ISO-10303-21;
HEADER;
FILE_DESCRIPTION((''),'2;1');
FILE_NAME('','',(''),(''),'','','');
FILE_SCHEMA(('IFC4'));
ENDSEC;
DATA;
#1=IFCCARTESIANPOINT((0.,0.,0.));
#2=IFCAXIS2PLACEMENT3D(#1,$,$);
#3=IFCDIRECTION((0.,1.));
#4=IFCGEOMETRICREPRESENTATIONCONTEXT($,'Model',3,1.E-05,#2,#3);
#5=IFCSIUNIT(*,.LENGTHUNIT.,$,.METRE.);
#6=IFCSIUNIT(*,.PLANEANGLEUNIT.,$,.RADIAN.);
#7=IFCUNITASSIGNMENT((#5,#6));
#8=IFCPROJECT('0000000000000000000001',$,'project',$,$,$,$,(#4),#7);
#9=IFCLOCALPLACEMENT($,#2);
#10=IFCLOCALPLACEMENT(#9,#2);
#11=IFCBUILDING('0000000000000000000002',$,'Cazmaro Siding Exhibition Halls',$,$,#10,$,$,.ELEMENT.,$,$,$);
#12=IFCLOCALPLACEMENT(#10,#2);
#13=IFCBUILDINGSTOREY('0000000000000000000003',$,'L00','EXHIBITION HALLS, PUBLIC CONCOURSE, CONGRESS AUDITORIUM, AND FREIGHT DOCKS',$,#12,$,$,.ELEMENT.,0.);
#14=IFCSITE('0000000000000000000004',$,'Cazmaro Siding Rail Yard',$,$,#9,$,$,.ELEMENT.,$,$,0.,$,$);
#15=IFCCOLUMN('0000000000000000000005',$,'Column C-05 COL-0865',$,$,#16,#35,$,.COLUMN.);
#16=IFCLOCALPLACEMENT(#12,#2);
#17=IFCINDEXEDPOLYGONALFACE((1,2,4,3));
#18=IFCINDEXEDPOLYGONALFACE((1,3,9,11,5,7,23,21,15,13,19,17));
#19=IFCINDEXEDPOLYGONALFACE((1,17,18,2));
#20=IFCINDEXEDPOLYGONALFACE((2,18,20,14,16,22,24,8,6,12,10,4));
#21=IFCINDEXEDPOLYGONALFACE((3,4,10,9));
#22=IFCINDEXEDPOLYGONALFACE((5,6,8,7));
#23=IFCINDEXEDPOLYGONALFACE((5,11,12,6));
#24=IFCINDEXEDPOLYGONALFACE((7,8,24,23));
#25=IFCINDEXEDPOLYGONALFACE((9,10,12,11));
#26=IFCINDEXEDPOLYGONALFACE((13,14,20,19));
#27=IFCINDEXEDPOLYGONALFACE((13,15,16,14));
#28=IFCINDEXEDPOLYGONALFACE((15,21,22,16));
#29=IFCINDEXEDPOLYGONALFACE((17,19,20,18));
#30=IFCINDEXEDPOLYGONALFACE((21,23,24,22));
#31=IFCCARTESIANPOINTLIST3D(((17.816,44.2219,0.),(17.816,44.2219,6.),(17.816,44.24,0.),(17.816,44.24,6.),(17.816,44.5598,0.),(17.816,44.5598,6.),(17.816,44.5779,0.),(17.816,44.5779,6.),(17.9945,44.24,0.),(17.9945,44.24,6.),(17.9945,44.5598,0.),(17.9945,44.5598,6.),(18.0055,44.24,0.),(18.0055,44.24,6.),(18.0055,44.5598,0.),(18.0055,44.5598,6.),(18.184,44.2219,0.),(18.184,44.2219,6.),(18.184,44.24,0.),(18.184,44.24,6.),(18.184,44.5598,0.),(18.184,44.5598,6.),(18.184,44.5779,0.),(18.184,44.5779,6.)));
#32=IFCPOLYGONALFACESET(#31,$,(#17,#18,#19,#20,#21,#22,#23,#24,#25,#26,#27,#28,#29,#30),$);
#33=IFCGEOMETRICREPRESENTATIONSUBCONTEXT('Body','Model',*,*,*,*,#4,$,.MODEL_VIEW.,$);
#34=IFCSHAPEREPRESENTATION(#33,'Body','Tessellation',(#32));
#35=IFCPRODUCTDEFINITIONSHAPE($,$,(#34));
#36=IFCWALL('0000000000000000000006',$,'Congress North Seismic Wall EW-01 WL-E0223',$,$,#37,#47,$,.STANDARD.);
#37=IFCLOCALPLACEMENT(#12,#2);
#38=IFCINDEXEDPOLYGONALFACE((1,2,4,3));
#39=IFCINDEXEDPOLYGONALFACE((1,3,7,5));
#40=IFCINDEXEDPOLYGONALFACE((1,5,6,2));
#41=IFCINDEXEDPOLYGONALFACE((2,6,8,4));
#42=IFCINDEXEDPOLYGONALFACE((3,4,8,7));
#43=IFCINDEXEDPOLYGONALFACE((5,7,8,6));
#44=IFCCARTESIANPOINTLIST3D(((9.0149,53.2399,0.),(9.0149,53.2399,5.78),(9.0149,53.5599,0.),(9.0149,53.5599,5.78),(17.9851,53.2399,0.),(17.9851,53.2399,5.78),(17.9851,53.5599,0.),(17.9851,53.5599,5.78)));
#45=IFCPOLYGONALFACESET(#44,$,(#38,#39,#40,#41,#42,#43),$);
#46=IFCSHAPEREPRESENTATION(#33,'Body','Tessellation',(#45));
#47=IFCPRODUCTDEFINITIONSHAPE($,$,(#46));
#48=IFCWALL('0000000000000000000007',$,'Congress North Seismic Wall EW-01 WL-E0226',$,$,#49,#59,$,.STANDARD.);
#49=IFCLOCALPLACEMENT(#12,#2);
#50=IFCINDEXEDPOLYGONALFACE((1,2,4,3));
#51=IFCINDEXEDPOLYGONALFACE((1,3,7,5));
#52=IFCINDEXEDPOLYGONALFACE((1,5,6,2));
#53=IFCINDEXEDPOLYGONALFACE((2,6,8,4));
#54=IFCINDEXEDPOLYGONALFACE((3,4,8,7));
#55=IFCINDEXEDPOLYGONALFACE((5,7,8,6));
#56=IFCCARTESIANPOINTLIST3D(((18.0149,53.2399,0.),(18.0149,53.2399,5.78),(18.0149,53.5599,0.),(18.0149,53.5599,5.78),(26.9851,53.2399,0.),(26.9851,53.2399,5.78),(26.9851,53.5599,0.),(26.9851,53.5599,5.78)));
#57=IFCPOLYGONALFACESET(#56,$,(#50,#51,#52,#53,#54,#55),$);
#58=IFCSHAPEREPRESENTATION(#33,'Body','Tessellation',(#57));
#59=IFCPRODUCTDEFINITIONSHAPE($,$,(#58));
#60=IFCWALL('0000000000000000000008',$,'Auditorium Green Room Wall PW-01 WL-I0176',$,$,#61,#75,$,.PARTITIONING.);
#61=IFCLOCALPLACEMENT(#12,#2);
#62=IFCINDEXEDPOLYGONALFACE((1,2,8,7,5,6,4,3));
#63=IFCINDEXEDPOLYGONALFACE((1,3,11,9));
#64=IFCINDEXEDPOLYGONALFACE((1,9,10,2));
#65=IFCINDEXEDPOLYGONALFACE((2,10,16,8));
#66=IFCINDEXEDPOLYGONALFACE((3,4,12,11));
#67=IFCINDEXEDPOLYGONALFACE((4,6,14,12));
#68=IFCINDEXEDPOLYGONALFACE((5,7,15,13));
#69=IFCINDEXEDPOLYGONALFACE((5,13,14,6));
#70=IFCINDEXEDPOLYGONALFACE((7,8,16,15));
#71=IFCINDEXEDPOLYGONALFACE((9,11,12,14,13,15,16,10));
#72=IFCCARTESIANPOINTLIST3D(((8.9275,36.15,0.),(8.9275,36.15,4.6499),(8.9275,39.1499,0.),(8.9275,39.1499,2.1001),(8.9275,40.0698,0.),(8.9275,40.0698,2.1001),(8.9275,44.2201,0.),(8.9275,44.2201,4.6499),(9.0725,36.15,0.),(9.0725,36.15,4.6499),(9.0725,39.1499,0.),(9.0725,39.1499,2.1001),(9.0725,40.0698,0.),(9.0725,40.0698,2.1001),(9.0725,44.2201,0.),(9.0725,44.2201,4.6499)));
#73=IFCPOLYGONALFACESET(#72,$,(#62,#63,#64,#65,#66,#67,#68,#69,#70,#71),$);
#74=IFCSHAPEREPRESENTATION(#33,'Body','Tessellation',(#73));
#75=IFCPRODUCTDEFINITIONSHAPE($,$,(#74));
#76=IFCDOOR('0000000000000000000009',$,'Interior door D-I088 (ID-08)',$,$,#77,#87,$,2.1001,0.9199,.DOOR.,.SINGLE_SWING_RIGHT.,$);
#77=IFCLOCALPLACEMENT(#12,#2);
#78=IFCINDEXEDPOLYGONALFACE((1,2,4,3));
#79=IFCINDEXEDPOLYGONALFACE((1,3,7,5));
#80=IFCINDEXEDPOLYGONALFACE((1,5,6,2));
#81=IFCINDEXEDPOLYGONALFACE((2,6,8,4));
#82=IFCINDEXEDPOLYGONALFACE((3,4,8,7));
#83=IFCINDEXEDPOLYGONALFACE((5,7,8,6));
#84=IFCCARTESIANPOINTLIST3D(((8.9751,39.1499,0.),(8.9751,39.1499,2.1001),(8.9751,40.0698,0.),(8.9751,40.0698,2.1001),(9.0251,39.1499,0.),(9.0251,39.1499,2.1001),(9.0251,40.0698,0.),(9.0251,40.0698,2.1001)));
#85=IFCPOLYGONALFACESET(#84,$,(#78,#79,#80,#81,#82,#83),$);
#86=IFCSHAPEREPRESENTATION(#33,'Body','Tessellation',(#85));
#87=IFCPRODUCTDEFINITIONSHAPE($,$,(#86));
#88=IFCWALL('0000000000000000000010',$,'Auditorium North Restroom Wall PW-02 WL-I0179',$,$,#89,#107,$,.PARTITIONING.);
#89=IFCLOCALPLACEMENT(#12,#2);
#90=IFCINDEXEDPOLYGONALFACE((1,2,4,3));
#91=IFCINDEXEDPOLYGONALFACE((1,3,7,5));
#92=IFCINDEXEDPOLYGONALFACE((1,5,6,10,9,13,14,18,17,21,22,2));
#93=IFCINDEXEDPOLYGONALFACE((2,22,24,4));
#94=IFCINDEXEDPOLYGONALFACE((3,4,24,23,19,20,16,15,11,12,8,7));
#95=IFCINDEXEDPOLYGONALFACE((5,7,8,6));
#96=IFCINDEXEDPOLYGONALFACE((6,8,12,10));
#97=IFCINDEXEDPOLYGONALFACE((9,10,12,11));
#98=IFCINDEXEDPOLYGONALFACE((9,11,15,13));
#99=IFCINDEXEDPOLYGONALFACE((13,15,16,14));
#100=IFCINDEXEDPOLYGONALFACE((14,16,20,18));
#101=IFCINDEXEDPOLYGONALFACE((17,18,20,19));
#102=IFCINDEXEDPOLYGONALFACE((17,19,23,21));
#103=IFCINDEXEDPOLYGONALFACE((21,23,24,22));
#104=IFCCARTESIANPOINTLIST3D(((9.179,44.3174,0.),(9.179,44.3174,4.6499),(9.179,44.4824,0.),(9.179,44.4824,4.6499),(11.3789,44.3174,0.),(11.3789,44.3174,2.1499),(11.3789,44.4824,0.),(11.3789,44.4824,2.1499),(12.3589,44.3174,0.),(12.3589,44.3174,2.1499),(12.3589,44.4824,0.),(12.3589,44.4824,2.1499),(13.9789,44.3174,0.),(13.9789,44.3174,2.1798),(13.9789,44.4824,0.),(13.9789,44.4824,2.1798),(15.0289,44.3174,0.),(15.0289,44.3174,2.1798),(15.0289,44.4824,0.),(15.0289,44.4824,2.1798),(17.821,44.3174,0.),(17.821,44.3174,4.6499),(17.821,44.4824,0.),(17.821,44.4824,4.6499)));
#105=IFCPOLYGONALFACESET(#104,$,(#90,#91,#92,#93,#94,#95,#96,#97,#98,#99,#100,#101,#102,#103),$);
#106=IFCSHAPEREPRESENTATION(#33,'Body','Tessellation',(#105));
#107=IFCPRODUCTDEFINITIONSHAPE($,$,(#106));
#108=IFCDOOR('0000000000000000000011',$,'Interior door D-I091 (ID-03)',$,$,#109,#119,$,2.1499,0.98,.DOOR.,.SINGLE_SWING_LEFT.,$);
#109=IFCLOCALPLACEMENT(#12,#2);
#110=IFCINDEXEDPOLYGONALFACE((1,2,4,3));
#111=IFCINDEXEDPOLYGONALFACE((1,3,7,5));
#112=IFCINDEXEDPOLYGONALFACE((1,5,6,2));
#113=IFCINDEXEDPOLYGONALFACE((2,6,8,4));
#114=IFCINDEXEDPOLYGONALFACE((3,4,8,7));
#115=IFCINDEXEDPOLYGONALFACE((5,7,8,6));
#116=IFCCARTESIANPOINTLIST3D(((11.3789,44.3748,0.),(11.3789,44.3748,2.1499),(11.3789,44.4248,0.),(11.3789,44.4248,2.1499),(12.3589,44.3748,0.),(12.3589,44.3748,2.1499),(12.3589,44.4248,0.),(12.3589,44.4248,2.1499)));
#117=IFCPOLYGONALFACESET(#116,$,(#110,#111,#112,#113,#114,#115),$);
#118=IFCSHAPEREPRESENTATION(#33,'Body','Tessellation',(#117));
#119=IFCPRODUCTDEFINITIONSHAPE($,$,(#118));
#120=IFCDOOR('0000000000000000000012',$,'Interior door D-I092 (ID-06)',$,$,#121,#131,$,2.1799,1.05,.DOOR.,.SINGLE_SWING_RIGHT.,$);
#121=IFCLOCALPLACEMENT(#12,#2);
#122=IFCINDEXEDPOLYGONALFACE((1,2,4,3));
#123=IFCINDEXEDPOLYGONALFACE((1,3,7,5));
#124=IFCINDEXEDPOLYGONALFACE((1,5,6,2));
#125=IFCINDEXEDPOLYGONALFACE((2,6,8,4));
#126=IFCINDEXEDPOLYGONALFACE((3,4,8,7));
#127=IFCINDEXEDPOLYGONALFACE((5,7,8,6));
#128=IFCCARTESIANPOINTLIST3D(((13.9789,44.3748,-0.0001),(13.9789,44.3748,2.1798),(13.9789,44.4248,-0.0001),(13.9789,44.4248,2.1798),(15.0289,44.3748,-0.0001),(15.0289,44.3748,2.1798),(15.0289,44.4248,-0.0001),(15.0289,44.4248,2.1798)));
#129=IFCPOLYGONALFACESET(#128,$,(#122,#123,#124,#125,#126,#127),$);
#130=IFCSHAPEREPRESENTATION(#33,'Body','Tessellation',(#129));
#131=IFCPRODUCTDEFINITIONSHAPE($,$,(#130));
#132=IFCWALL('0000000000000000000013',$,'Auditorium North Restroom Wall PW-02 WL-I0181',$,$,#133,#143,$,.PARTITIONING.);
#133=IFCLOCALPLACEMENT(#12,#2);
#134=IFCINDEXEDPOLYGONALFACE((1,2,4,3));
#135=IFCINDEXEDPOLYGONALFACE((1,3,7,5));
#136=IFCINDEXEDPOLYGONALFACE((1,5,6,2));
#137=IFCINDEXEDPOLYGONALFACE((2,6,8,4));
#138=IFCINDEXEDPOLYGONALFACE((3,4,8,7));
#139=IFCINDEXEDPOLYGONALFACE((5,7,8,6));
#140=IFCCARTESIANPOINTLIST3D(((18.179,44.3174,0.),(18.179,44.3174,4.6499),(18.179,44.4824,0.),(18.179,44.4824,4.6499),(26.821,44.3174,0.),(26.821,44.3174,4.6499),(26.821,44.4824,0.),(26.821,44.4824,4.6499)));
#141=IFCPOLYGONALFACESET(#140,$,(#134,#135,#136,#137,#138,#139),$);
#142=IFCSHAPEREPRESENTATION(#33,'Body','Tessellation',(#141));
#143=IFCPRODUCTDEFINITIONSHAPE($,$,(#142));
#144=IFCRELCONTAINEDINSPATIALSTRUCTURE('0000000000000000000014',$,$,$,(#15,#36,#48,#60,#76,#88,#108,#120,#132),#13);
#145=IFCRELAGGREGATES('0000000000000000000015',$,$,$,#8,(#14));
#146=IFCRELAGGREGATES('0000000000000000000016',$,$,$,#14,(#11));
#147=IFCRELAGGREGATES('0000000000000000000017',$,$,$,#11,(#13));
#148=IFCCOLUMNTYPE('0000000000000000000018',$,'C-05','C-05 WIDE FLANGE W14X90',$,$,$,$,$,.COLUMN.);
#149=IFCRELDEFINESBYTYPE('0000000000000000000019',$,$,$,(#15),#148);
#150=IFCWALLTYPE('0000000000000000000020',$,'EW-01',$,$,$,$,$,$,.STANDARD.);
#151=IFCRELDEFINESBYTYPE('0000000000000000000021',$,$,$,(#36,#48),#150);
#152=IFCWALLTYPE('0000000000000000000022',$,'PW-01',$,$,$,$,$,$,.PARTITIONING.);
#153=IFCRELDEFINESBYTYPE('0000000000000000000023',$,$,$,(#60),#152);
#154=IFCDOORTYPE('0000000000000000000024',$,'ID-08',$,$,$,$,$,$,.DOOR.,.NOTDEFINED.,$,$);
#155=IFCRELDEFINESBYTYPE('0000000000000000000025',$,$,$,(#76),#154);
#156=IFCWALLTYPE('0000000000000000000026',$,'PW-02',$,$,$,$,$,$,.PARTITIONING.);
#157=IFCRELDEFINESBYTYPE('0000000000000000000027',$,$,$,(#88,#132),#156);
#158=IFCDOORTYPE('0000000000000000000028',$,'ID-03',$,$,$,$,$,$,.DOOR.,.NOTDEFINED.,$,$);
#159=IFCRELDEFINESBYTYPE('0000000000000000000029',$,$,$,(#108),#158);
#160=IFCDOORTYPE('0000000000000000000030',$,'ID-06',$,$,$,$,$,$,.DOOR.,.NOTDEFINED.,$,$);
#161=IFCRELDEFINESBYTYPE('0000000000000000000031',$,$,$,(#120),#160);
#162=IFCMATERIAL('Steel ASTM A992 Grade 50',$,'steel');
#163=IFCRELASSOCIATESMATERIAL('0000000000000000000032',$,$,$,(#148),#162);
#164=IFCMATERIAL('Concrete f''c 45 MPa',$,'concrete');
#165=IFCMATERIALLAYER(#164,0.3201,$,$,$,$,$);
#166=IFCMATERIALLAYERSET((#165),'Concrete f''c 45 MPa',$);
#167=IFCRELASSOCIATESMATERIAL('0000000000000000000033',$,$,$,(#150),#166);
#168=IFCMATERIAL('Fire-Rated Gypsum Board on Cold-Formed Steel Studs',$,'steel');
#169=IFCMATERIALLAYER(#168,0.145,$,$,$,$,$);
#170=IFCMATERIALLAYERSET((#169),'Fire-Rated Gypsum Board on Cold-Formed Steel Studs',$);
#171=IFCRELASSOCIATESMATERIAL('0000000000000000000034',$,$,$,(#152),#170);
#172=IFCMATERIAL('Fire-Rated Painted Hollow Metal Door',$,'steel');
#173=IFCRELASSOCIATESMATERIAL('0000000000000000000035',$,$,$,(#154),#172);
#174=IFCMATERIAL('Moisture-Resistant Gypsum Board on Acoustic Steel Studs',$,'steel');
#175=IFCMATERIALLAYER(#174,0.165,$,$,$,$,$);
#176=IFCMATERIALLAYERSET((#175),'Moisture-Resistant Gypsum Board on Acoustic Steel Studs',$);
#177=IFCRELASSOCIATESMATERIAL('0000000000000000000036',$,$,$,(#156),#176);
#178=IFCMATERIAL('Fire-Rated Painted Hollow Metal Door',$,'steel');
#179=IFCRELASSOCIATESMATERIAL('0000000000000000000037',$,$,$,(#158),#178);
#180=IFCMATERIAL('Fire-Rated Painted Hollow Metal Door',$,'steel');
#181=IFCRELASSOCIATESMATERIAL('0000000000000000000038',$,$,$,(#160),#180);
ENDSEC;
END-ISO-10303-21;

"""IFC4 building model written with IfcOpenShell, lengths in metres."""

from ifc_helpers import new_model, si_unit, direction, frame, frame_2d, origin, origin_2d, place, context, subcontext, project, spatial, rectangle, i_section, extrude, material, layer, layer_set, material_profile, profile_set, type_object, element, fill, save


model = new_model("IFC4")

# Units and contexts
model_context = context("Model", 3, precision=1e-05, world=origin(), true_north=direction((0.0, 1.0)))
body_context = subcontext(model_context, "Body", "Model", "MODEL_VIEW")
ifc_project = project(units=[si_unit("LENGTHUNIT", "METRE"), si_unit("PLANEANGLEUNIT", "RADIAN")], contexts=[model_context])

# Site, building, storey
site_placement = place(None, origin())
site = spatial("IfcSite", under=ifc_project, at=site_placement, Name="Cazmaro Siding Rail Yard", CompositionType="ELEMENT", RefElevation=0.0)
building_placement = place(site_placement, origin())
building = spatial("IfcBuilding", under=site, at=building_placement, Name="Cazmaro Siding Exhibition Halls", CompositionType="ELEMENT")
storey_placement = place(building_placement, origin())
storey = spatial("IfcBuildingStorey", under=building, at=storey_placement, Name="L00", Description="EXHIBITION HALLS, PUBLIC CONCOURSE, CONGRESS AUDITORIUM, AND FREIGHT DOCKS", CompositionType="ELEMENT", Elevation=0.0)

# Column
ifc_material_1 = material(Name="Steel ASTM A992 Grade 50", Category="steel")
ifc_material_profile_1 = material_profile(ifc_material_1, i_section(OverallWidth=0.3679, OverallDepth=0.356, WebThickness=0.011, FlangeThickness=0.0181, at=origin_2d()), Name="W14X90")
ifc_profile_set_1 = profile_set([ifc_material_profile_1], Name="Steel ASTM A992 Grade 50")
column_type_1 = type_object("IfcColumnType", Name="C-05", Description="C-05 WIDE FLANGE W14X90", PredefinedType="COLUMN", material=ifc_profile_set_1)
for number, where, z_axis, x_axis, name in (
    (1, (18.0, 44.3999, 0.0), (0.0, 0.0, 1.0), (1.0, 0.0, 0.0), "Column C-05 COL-0865"),
):
    element("IfcColumn", number, at=place(storey_placement, frame(where, z_axis=z_axis, x_axis=x_axis)), inside=storey, type_object=column_type_1, Name=name, PredefinedType="COLUMN", context=body_context, shape_type="SweptSolid", body=[
        extrude(i_section(OverallWidth=0.3679, OverallDepth=0.356, WebThickness=0.011, FlangeThickness=0.0181, at=origin_2d()), origin(), (0.0, 0.0, 1.0), 6.0),
    ])

# Walls
ifc_material_2 = material(Name="Concrete f'c 45 MPa", Category="concrete")
ifc_layer_1 = layer(ifc_material_2, 0.3201)
ifc_layer_set_1 = layer_set([ifc_layer_1], Name="Concrete f'c 45 MPa")
wall_type_1 = type_object("IfcWallType", Name="EW-01", PredefinedType="STANDARD", material=ifc_layer_set_1)
for number, where, z_axis, x_axis, name in (
    (2, (9.0149, 53.3999, 0.0), (0.0, 0.0, 1.0), (1.0, 0.0, 0.0), "Congress North Seismic Wall EW-01 WL-E0223"),
    (3, (18.0149, 53.3999, 0.0), (0.0, 0.0, 1.0), (1.0, 0.0, 0.0), "Congress North Seismic Wall EW-01 WL-E0226"),
):
    element("IfcWall", number, at=place(storey_placement, frame(where, z_axis=z_axis, x_axis=x_axis)), inside=storey, type_object=wall_type_1, Name=name, PredefinedType="STANDARD", context=body_context, shape_type="SweptSolid", body=[
        extrude(rectangle(XDim=8.9702, YDim=0.3201, at=frame_2d((4.4851, 0.0))), origin(), (0.0, 0.0, 1.0), 5.78),
    ])

# Wall, opening, door
ifc_material_3 = material(Name="Fire-Rated Gypsum Board on Cold-Formed Steel Studs", Category="steel")
ifc_layer_2 = layer(ifc_material_3, 0.145)
ifc_layer_set_2 = layer_set([ifc_layer_2], Name="Fire-Rated Gypsum Board on Cold-Formed Steel Studs")
wall_type_2 = type_object("IfcWallType", Name="PW-01", PredefinedType="PARTITIONING", material=ifc_layer_set_2)
wall_1_placement = place(storey_placement, frame((9.0, 36.1499, 0.0), z_axis=(0.0, 0.0, 1.0), x_axis=(0.0, 1.0, 0.0)))
wall_1 = element("IfcWall", 4, at=wall_1_placement, inside=storey, type_object=wall_type_2, Name="Auditorium Green Room Wall PW-01 WL-I0176", PredefinedType="PARTITIONING", context=body_context, shape_type="SweptSolid", body=[
    extrude(rectangle(XDim=8.0701, YDim=0.145, at=frame_2d((4.0352, 0.0))), origin(), (0.0, 0.0, 1.0), 4.6499),
])
opening_1_placement = place(wall_1_placement, frame((3.0, 0.0, 0.0)))
opening_1 = element("IfcOpeningElement", 5, at=opening_1_placement, cuts=wall_1, PredefinedType="OPENING", context=body_context, shape_type="SweptSolid", body=[
    extrude(rectangle(XDim=0.9199, YDim=2.1001, at=frame_2d((0.46, 1.05))), frame((0.0, 0.0825, 0.0), z_axis=(0.0, -1.0, 0.0), x_axis=(1.0, 0.0, 0.0)), (0.0, 0.0, 1.0), 0.165),
])
ifc_material_4 = material(Name="Fire-Rated Painted Hollow Metal Door", Category="steel")
door_type_1 = type_object("IfcDoorType", Name="ID-08", OperationType="NOTDEFINED", PredefinedType="DOOR", material=ifc_material_4)
door_1_placement = place(opening_1_placement, origin())
door_1 = element("IfcDoor", 6, at=door_1_placement, inside=storey, type_object=door_type_1, Name="Interior door D-I088 (ID-08)", OperationType="SINGLE_SWING_RIGHT", OverallHeight=2.1001, OverallWidth=0.9199, PredefinedType="DOOR", context=body_context, shape_type="SweptSolid", body=[
    extrude(rectangle(XDim=0.9199, YDim=2.1001, at=frame_2d((0.46, 1.05))), frame((0.0, 0.0249, 0.0), z_axis=(0.0, -1.0, 0.0), x_axis=(1.0, 0.0, 0.0)), (0.0, 0.0, 1.0), 0.05),
])
fill(opening_1, door_1)

# Wall, openings, doors
ifc_material_5 = material(Name="Moisture-Resistant Gypsum Board on Acoustic Steel Studs", Category="steel")
ifc_layer_3 = layer(ifc_material_5, 0.165)
ifc_layer_set_3 = layer_set([ifc_layer_3], Name="Moisture-Resistant Gypsum Board on Acoustic Steel Studs")
wall_type_3 = type_object("IfcWallType", Name="PW-02", PredefinedType="PARTITIONING", material=ifc_layer_set_3)
wall_2_placement = place(storey_placement, frame((9.179, 44.3999, 0.0), z_axis=(0.0, 0.0, 1.0), x_axis=(1.0, 0.0, 0.0)))
wall_2 = element("IfcWall", 7, at=wall_2_placement, inside=storey, type_object=wall_type_3, Name="Auditorium North Restroom Wall PW-02 WL-I0179", PredefinedType="PARTITIONING", context=body_context, shape_type="SweptSolid", body=[
    extrude(rectangle(XDim=8.6421, YDim=0.165, at=frame_2d((4.321, 0.0))), origin(), (0.0, 0.0, 1.0), 4.6499),
])
opening_2_placement = place(wall_2_placement, frame((2.2, 0.0, 0.0)))
opening_2 = element("IfcOpeningElement", 8, at=opening_2_placement, cuts=wall_2, PredefinedType="OPENING", context=body_context, shape_type="SweptSolid", body=[
    extrude(rectangle(XDim=0.98, YDim=2.1499, at=frame_2d((0.49, 1.075))), frame((0.0, 0.0925, 0.0), z_axis=(0.0, -1.0, 0.0), x_axis=(1.0, 0.0, 0.0)), (0.0, 0.0, 1.0), 0.1851),
])
opening_3_placement = place(wall_2_placement, frame((4.8, 0.0, 0.0)))
opening_3 = element("IfcOpeningElement", 9, at=opening_3_placement, cuts=wall_2, PredefinedType="OPENING", context=body_context, shape_type="SweptSolid", body=[
    extrude(rectangle(XDim=1.05, YDim=2.1799, at=frame_2d((0.5249, 1.0898))), frame((0.0, 0.0925, 0.0), z_axis=(0.0, -1.0, 0.0), x_axis=(1.0, 0.0, 0.0)), (0.0, 0.0, 1.0), 0.1851),
])
ifc_material_6 = material(Name="Fire-Rated Painted Hollow Metal Door", Category="steel")
door_type_2 = type_object("IfcDoorType", Name="ID-03", OperationType="NOTDEFINED", PredefinedType="DOOR", material=ifc_material_6)
door_2_placement = place(opening_2_placement, origin())
door_2 = element("IfcDoor", 10, at=door_2_placement, inside=storey, type_object=door_type_2, Name="Interior door D-I091 (ID-03)", OperationType="SINGLE_SWING_LEFT", OverallHeight=2.1499, OverallWidth=0.98, PredefinedType="DOOR", context=body_context, shape_type="SweptSolid", body=[
    extrude(rectangle(XDim=0.98, YDim=2.1499, at=frame_2d((0.49, 1.075))), frame((0.0, 0.0249, 0.0), z_axis=(0.0, -1.0, 0.0), x_axis=(1.0, 0.0, 0.0)), (0.0, 0.0, 1.0), 0.05),
])
fill(opening_2, door_2)
ifc_material_7 = material(Name="Fire-Rated Painted Hollow Metal Door", Category="steel")
door_type_3 = type_object("IfcDoorType", Name="ID-06", OperationType="NOTDEFINED", PredefinedType="DOOR", material=ifc_material_7)
door_3_placement = place(opening_3_placement, origin())
door_3 = element("IfcDoor", 11, at=door_3_placement, inside=storey, type_object=door_type_3, Name="Interior door D-I092 (ID-06)", OperationType="SINGLE_SWING_RIGHT", OverallHeight=2.1799, OverallWidth=1.05, PredefinedType="DOOR", context=body_context, shape_type="SweptSolid", body=[
    extrude(rectangle(XDim=1.05, YDim=2.1799, at=frame_2d((0.5249, 1.0898))), frame((0.0, 0.0249, 0.0), z_axis=(0.0, -1.0, 0.0), x_axis=(1.0, 0.0, 0.0)), (0.0, 0.0, 1.0), 0.05),
])
fill(opening_3, door_3)

# Wall
wall_3_placement = place(storey_placement, frame((18.179, 44.3999, 0.0), z_axis=(0.0, 0.0, 1.0), x_axis=(1.0, 0.0, 0.0)))
element("IfcWall", 12, at=wall_3_placement, inside=storey, type_object=wall_type_3, Name="Auditorium North Restroom Wall PW-02 WL-I0181", PredefinedType="PARTITIONING", context=body_context, shape_type="SweptSolid", body=[
    extrude(rectangle(XDim=8.6421, YDim=0.165, at=frame_2d((4.321, 0.0))), origin(), (0.0, 0.0, 1.0), 4.6499),
])

save(model, "model.ifc")
